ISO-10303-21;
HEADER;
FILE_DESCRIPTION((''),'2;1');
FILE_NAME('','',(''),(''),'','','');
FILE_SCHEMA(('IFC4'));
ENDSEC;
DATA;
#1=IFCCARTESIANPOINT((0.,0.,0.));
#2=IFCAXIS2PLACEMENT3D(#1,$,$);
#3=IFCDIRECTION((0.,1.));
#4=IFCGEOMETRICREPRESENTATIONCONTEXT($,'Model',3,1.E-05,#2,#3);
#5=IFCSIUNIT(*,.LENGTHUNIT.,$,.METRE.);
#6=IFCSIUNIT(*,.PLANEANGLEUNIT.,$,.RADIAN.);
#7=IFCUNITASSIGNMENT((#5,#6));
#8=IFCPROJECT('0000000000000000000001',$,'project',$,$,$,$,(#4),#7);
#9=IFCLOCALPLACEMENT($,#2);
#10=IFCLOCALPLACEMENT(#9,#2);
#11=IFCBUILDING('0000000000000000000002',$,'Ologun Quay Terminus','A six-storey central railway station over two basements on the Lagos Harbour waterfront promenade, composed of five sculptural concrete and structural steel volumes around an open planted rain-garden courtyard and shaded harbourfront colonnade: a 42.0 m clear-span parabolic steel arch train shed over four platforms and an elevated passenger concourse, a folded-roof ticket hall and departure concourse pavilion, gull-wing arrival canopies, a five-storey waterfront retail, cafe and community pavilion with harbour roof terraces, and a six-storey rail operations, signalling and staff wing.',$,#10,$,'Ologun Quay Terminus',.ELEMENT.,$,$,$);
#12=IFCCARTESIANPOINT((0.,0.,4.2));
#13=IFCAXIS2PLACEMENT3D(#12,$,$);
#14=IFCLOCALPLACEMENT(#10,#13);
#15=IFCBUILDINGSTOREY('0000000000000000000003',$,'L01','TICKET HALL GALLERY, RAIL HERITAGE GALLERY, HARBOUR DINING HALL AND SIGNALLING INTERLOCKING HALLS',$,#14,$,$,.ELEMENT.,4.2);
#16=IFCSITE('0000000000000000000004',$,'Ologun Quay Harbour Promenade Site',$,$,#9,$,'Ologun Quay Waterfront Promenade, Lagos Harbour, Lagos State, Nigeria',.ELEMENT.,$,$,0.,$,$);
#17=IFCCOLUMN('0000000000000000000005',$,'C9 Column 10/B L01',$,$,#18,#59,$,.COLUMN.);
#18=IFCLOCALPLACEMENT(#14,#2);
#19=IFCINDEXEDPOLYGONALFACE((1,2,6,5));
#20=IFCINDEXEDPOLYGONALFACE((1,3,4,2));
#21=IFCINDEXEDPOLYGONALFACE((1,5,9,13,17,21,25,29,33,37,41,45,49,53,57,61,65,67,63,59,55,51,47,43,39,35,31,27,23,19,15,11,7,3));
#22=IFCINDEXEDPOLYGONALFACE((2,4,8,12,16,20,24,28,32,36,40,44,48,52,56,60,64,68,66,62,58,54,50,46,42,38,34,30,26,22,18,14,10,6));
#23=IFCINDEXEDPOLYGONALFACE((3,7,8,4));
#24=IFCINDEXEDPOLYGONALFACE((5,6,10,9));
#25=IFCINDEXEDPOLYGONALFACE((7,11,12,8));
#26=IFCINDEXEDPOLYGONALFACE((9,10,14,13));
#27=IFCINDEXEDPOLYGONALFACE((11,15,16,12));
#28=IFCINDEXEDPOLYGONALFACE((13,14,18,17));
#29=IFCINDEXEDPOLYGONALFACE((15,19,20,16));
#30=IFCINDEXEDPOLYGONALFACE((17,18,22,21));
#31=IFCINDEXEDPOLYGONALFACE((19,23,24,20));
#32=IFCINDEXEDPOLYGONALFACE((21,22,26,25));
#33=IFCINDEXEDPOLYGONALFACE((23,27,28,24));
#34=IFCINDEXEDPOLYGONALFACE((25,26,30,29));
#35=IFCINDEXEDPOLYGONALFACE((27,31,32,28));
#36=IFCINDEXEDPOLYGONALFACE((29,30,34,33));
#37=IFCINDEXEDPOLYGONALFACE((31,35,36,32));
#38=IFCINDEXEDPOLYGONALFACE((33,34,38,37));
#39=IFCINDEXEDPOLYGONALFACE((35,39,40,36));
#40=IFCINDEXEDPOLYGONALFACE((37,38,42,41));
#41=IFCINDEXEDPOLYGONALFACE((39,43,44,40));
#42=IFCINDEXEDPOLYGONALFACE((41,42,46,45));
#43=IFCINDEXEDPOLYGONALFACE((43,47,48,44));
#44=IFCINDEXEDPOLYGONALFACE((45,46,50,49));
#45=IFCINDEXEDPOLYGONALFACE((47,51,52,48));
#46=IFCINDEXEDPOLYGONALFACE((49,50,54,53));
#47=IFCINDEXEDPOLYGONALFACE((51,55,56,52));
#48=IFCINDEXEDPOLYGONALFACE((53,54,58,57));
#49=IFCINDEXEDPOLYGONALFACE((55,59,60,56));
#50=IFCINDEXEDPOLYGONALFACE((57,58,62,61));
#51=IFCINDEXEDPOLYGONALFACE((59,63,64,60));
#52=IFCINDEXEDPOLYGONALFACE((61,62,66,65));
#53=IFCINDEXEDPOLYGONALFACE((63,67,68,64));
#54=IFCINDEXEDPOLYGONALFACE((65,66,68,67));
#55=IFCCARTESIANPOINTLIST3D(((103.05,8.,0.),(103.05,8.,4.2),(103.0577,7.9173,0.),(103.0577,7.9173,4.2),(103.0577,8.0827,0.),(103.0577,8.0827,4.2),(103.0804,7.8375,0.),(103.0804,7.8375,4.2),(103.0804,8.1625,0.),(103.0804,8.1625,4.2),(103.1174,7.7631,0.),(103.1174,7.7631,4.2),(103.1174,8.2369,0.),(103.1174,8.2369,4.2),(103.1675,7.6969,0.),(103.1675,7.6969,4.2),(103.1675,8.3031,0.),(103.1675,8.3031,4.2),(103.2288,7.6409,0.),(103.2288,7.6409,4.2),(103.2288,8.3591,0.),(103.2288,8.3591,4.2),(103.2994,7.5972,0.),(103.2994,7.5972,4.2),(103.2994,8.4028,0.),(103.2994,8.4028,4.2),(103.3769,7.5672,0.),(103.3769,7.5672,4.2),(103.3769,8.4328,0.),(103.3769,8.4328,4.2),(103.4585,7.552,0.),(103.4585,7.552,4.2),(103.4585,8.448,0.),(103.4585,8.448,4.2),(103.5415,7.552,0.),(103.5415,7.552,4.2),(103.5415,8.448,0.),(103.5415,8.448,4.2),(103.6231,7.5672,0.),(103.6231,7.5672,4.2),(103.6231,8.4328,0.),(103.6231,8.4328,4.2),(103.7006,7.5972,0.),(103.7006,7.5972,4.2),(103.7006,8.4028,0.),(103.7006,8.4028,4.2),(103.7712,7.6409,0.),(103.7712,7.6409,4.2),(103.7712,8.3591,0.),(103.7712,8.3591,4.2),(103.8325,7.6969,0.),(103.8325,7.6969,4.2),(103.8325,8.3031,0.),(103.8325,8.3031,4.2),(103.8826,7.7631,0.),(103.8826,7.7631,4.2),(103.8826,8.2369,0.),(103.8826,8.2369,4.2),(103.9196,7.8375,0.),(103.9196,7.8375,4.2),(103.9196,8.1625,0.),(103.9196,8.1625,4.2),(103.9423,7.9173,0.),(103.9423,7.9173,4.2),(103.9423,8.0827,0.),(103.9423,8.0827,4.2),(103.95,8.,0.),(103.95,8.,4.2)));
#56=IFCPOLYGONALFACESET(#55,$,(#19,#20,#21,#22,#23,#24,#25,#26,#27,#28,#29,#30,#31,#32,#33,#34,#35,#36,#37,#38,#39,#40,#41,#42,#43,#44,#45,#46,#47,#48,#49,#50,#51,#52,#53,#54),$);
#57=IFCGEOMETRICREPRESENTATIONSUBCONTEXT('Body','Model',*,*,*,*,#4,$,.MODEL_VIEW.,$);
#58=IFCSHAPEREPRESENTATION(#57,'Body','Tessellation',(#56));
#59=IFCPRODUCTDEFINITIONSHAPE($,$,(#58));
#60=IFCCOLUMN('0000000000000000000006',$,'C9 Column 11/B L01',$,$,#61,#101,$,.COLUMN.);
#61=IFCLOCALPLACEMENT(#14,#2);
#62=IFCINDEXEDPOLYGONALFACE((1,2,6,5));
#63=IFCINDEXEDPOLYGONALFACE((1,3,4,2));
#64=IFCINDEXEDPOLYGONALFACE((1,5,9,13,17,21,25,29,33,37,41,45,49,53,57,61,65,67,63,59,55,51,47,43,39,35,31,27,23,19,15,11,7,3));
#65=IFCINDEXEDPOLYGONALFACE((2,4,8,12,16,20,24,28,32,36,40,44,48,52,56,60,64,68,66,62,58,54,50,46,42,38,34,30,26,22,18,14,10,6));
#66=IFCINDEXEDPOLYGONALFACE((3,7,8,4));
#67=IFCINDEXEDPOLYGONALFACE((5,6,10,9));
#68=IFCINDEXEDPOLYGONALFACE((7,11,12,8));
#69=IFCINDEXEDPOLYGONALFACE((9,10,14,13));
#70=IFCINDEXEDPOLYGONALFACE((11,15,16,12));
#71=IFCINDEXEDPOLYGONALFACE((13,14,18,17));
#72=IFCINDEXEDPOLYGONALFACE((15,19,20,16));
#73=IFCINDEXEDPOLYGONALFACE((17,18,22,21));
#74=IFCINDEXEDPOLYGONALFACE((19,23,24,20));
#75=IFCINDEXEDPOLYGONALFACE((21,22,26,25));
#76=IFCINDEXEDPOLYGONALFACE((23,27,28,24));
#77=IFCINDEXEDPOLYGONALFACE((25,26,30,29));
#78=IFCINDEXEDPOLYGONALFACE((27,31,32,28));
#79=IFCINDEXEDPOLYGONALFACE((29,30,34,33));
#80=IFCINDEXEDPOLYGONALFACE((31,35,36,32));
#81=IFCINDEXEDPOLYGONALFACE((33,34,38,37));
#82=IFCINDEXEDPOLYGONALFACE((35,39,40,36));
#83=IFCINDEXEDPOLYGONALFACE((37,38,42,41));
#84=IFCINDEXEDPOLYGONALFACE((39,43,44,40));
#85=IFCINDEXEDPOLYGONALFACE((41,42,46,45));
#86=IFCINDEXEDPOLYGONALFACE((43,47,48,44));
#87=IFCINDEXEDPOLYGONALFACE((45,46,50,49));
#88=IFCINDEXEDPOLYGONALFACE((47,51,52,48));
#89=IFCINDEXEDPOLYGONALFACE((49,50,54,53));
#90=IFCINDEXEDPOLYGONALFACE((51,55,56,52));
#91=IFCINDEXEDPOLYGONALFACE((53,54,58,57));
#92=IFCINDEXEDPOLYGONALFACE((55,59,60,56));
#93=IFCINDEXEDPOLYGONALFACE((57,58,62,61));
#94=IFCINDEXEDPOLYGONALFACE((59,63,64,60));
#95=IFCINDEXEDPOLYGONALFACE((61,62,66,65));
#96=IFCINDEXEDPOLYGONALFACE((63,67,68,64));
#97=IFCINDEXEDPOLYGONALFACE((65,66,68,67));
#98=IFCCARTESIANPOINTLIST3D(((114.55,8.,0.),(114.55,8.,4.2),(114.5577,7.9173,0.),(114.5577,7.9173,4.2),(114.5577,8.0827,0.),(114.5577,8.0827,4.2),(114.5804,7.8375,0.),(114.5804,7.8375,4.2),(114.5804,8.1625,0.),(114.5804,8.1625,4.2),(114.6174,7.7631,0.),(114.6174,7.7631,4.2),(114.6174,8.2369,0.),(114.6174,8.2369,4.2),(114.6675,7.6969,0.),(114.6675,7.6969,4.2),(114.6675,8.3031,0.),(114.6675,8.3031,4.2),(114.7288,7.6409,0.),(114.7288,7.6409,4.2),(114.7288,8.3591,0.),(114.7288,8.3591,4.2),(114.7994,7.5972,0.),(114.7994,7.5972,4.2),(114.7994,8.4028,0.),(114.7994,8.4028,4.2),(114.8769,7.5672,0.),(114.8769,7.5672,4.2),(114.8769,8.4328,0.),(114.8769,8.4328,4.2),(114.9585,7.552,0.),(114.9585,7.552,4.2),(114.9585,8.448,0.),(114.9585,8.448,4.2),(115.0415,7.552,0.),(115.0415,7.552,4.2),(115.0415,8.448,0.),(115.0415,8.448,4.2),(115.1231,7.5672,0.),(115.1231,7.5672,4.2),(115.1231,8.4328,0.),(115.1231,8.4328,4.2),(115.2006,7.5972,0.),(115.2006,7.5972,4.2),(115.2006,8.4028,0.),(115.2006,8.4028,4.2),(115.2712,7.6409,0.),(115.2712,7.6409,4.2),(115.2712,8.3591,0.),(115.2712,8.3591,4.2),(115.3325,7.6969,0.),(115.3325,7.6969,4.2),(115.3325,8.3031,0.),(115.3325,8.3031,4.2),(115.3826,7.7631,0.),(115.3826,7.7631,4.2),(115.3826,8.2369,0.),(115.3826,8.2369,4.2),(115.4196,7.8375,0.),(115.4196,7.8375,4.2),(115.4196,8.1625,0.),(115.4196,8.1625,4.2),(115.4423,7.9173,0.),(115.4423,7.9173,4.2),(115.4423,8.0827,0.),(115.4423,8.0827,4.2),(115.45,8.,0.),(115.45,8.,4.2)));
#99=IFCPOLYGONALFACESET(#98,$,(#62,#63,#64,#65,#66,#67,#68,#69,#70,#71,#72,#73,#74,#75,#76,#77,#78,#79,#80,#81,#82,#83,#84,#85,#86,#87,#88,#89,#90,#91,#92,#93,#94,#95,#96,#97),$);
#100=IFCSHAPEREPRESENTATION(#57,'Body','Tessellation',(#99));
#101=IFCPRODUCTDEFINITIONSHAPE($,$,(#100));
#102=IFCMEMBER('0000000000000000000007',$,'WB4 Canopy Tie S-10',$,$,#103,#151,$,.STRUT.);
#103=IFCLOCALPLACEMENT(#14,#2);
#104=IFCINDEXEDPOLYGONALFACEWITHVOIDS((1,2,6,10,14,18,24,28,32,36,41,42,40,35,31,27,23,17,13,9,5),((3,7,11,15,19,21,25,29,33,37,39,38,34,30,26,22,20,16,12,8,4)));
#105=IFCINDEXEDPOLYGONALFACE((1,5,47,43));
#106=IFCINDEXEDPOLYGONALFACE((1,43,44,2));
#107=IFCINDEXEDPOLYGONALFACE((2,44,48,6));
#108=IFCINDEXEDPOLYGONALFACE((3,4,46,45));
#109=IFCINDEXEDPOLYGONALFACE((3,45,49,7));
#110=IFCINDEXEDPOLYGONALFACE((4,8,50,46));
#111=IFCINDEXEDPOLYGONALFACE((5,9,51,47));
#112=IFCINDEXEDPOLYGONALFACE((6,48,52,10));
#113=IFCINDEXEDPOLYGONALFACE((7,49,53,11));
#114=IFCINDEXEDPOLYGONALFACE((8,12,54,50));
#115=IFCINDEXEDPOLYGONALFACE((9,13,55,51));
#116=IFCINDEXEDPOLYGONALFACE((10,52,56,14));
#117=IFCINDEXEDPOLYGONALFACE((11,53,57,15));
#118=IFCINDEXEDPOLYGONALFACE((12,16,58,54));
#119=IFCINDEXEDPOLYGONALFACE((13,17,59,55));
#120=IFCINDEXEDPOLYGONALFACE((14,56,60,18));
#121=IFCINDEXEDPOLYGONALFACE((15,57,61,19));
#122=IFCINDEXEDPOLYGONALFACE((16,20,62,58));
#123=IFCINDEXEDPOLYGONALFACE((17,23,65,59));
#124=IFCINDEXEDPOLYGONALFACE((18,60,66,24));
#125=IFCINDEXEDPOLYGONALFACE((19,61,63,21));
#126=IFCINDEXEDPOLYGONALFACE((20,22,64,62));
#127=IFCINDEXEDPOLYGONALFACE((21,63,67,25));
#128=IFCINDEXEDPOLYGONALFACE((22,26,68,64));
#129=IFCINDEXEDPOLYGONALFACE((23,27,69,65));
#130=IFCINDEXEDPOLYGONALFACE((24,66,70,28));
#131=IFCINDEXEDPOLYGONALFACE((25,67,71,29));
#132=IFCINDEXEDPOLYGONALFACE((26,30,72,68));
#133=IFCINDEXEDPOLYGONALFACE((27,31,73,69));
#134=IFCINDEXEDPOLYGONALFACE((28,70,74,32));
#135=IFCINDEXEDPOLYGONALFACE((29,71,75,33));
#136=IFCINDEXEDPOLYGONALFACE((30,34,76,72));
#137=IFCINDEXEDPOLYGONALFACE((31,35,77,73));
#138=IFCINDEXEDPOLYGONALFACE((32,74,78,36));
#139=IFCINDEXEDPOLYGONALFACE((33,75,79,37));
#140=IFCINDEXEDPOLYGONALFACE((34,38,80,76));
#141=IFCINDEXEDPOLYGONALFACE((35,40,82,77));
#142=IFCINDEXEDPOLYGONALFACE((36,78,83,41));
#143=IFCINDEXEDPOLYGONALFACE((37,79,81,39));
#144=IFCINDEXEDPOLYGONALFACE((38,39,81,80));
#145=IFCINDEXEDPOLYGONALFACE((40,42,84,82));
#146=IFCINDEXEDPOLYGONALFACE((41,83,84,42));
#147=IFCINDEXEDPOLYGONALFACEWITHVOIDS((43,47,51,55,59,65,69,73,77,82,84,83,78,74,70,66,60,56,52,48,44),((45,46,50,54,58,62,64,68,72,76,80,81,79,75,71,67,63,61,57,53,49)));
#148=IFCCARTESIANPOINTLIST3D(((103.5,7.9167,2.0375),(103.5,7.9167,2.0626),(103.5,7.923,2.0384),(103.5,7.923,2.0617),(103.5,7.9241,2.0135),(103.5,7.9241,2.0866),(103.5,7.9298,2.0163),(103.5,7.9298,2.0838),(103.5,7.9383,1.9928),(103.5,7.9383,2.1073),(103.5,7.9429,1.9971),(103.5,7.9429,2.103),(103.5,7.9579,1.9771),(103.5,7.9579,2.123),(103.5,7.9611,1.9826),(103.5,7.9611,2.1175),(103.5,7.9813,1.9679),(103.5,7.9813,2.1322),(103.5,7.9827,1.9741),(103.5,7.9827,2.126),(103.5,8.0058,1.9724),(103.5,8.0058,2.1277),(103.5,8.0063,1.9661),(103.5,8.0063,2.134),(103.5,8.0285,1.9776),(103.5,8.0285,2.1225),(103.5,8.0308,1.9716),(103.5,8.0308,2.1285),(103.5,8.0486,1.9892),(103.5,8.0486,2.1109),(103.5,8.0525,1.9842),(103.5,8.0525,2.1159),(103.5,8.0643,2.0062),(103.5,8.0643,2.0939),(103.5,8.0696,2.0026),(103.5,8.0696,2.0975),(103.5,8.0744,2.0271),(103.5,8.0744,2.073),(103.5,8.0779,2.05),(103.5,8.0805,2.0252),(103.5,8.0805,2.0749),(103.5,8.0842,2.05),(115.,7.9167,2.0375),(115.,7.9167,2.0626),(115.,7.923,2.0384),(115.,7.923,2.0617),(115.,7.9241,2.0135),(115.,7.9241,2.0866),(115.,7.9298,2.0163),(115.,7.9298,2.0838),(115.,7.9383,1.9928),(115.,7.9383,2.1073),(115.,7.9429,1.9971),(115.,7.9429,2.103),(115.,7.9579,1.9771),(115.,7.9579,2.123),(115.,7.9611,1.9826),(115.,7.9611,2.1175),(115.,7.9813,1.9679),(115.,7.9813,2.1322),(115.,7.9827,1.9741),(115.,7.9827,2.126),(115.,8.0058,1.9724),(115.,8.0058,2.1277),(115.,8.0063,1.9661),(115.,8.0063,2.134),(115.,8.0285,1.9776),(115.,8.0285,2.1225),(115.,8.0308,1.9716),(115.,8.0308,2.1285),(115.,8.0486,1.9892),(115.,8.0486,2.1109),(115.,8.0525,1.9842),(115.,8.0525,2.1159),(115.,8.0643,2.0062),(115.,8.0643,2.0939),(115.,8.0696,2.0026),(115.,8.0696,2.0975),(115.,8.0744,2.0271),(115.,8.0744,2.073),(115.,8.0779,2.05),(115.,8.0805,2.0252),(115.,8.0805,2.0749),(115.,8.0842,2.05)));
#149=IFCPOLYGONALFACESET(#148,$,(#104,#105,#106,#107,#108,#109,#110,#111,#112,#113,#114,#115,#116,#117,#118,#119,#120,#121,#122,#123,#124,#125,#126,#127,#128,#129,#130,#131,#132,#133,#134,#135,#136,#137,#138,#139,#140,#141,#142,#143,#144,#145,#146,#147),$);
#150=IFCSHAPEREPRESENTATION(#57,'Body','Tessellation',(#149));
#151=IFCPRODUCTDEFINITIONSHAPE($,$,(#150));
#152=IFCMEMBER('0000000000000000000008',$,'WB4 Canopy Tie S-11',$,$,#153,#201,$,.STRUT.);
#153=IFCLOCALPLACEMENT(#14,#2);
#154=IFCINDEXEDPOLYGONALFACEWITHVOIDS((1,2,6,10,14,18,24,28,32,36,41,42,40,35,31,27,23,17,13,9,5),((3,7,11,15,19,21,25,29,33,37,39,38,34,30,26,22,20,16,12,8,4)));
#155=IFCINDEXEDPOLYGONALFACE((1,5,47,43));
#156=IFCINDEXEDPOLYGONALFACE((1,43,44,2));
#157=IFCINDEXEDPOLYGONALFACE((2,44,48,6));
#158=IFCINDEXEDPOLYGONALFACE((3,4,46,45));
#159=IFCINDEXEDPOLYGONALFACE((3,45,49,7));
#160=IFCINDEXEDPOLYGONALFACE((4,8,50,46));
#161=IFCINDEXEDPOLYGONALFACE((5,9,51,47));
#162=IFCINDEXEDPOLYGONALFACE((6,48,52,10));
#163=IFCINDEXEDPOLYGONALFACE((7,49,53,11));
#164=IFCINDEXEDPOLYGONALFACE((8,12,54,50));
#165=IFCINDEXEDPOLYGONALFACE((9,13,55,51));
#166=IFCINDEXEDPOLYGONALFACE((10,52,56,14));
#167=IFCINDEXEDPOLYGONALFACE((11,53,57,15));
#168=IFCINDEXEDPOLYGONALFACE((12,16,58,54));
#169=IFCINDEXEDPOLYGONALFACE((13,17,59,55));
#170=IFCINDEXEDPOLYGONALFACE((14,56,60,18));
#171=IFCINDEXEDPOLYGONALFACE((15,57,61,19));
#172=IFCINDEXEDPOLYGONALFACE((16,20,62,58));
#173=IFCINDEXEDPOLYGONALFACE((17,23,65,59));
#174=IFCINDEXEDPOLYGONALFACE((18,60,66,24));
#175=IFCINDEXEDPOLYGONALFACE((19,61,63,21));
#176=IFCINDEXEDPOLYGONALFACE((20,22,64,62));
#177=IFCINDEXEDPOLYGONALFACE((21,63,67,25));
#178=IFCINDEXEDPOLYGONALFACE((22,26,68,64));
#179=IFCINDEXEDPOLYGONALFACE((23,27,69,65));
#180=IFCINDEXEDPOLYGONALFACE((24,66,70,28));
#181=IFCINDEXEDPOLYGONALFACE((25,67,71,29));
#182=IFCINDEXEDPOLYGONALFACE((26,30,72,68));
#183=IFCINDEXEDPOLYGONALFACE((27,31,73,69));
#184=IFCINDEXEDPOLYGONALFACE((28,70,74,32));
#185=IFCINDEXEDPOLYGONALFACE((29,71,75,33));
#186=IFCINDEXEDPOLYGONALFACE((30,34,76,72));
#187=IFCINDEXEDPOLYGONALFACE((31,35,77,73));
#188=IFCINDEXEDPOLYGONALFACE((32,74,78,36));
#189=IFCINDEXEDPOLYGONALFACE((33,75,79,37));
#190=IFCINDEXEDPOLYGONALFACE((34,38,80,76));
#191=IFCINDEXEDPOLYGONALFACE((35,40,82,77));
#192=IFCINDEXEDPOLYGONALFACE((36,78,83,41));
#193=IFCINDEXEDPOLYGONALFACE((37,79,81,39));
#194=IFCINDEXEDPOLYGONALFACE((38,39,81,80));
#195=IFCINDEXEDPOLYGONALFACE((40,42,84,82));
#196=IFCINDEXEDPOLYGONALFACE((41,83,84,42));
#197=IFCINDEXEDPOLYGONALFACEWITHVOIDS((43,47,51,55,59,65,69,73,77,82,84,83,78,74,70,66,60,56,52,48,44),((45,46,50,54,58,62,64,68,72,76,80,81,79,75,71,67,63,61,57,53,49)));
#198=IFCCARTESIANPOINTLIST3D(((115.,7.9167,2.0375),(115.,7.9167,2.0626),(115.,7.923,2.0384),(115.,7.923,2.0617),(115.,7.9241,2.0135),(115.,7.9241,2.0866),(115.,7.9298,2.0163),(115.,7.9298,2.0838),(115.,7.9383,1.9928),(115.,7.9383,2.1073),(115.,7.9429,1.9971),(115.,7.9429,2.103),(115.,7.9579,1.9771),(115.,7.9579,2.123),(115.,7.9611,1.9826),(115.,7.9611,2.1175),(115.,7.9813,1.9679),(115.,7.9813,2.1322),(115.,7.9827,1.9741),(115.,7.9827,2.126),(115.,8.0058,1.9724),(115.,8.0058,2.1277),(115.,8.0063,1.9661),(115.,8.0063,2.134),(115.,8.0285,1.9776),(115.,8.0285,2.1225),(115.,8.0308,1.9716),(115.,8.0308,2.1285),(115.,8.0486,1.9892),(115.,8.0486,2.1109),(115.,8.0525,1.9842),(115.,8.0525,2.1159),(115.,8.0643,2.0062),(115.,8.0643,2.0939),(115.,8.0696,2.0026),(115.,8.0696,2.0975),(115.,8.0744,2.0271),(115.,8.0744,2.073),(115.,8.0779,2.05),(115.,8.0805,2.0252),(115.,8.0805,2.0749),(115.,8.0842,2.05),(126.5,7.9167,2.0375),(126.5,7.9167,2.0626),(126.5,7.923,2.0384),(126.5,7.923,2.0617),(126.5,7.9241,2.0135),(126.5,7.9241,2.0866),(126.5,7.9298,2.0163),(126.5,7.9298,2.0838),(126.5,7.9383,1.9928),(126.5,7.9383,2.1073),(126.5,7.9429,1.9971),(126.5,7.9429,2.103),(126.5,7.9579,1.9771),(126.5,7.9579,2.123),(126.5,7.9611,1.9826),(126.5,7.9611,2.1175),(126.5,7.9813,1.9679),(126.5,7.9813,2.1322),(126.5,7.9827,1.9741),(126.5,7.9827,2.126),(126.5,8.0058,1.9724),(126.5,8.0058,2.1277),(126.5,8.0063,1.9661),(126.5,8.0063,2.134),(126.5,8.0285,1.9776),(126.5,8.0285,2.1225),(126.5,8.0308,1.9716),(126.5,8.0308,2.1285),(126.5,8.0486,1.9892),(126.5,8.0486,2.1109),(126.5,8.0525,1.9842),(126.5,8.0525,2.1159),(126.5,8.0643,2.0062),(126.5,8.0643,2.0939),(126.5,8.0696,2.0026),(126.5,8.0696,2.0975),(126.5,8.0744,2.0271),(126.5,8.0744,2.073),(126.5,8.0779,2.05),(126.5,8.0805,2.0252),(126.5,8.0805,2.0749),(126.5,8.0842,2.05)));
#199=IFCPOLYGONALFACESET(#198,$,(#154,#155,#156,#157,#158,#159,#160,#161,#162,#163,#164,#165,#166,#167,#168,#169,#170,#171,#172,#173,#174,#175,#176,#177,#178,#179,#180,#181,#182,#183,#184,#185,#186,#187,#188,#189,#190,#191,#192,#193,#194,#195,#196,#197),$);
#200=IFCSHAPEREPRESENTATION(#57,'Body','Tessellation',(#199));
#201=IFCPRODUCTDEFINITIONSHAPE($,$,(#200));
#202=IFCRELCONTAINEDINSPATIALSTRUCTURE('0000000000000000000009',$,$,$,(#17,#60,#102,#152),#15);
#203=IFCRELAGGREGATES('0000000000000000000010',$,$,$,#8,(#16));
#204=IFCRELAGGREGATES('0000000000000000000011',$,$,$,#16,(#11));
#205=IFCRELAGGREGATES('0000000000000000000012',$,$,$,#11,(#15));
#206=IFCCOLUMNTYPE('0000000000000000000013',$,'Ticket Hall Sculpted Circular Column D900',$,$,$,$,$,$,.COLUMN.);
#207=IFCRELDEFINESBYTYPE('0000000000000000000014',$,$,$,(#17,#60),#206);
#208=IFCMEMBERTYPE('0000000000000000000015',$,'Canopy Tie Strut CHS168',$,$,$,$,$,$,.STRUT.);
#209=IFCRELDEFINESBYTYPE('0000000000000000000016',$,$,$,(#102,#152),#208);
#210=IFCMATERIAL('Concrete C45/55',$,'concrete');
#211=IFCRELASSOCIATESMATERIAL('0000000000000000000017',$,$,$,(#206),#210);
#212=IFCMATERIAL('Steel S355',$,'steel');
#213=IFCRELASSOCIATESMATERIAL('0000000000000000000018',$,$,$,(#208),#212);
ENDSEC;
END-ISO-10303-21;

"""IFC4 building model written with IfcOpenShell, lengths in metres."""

from ifc_helpers import new_model, si_unit, direction, frame, origin, origin_2d, place, context, subcontext, project, spatial, circle, hollow_circle, extrude, material, material_profile, profile_set, type_object, element, save


model = new_model("IFC4")

# Units and contexts
model_context = context("Model", 3, precision=1e-05, world=origin(), true_north=direction((0.0, 1.0)))
body_context = subcontext(model_context, "Body", "Model", "MODEL_VIEW")
ifc_project = project(units=[si_unit("LENGTHUNIT", "METRE"), si_unit("PLANEANGLEUNIT", "RADIAN")], contexts=[model_context])

# Site, building, storey
site_placement = place(None, origin())
site = spatial("IfcSite", under=ifc_project, at=site_placement, Name="Ologun Quay Harbour Promenade Site", LongName="Ologun Quay Waterfront Promenade, Lagos Harbour, Lagos State, Nigeria", CompositionType="ELEMENT", RefElevation=0.0)
building_placement = place(site_placement, origin())
building = spatial("IfcBuilding", under=site, at=building_placement, Name="Ologun Quay Terminus", Description="A six-storey central railway station over two basements on the Lagos Harbour waterfront promenade, composed of five sculptural concrete and structural steel volumes around an open planted rain-garden courtyard and shaded harbourfront colonnade: a 42.0 m clear-span parabolic steel arch train shed over four platforms and an elevated passenger concourse, a folded-roof ticket hall and departure concourse pavilion, gull-wing arrival canopies, a five-storey waterfront retail, cafe and community pavilion with harbour roof terraces, and a six-storey rail operations, signalling and staff wing.", LongName="Ologun Quay Terminus", CompositionType="ELEMENT")
storey_placement = place(building_placement, frame((0.0, 0.0, 4.2)))
storey = spatial("IfcBuildingStorey", under=building, at=storey_placement, Name="L01", Description="TICKET HALL GALLERY, RAIL HERITAGE GALLERY, HARBOUR DINING HALL AND SIGNALLING INTERLOCKING HALLS", CompositionType="ELEMENT", Elevation=4.2)

# Columns
ifc_material_1 = material(Name="Concrete C45/55", Category="concrete")
ifc_material_profile_1 = material_profile(ifc_material_1, circle(Radius=0.45, at=origin_2d()), Name="RC D900")
ifc_profile_set_1 = profile_set([ifc_material_profile_1], Name="Concrete C45/55")
column_type = type_object("IfcColumnType", Name="Ticket Hall Sculpted Circular Column D900", PredefinedType="COLUMN", material=ifc_profile_set_1)
for number, where, z_axis, x_axis, name in (
    (1, (103.5, 8.0, 0.0), (0.0, 0.0, 1.0), (1.0, 0.0, 0.0), "C9 Column 10/B L01"),
    (2, (115.0, 8.0, 0.0), (0.0, 0.0, 1.0), (1.0, 0.0, 0.0), "C9 Column 11/B L01"),
):
    element("IfcColumn", number, at=place(storey_placement, frame(where, z_axis=z_axis, x_axis=x_axis)), inside=storey, type_object=column_type, Name=name, PredefinedType="COLUMN", context=body_context, shape_type="SweptSolid", body=[
        extrude(circle(Radius=0.45, at=origin_2d()), origin(), (0.0, 0.0, 1.0), 4.2),
    ])

# Members
ifc_material_2 = material(Name="Steel S355", Category="steel")
ifc_material_profile_2 = material_profile(ifc_material_2, hollow_circle(Radius=0.0842, WallThickness=0.0063, at=origin_2d()), Name="CHS 168.3x6.3")
ifc_profile_set_2 = profile_set([ifc_material_profile_2], Name="Steel S355")
member_type_1 = type_object("IfcMemberType", Name="Canopy Tie Strut CHS168", PredefinedType="STRUT", material=ifc_profile_set_2)
for number, where, z_axis, x_axis, name in (
    (3, (103.5, 8.0, 2.05), (1.0, 0.0, 0.0), (0.0, 1.0, 0.0), "WB4 Canopy Tie S-10"),
    (4, (115.0, 8.0, 2.05), (1.0, 0.0, 0.0), (0.0, 1.0, 0.0), "WB4 Canopy Tie S-11"),
):
    element("IfcMember", number, at=place(storey_placement, frame(where, z_axis=z_axis, x_axis=x_axis)), inside=storey, type_object=member_type_1, Name=name, PredefinedType="STRUT", context=body_context, shape_type="SweptSolid", body=[
        extrude(hollow_circle(Radius=0.0842, WallThickness=0.0063, at=origin_2d()), origin(), (0.0, 0.0, 1.0), 11.5),
    ])

save(model, "model.ifc")
